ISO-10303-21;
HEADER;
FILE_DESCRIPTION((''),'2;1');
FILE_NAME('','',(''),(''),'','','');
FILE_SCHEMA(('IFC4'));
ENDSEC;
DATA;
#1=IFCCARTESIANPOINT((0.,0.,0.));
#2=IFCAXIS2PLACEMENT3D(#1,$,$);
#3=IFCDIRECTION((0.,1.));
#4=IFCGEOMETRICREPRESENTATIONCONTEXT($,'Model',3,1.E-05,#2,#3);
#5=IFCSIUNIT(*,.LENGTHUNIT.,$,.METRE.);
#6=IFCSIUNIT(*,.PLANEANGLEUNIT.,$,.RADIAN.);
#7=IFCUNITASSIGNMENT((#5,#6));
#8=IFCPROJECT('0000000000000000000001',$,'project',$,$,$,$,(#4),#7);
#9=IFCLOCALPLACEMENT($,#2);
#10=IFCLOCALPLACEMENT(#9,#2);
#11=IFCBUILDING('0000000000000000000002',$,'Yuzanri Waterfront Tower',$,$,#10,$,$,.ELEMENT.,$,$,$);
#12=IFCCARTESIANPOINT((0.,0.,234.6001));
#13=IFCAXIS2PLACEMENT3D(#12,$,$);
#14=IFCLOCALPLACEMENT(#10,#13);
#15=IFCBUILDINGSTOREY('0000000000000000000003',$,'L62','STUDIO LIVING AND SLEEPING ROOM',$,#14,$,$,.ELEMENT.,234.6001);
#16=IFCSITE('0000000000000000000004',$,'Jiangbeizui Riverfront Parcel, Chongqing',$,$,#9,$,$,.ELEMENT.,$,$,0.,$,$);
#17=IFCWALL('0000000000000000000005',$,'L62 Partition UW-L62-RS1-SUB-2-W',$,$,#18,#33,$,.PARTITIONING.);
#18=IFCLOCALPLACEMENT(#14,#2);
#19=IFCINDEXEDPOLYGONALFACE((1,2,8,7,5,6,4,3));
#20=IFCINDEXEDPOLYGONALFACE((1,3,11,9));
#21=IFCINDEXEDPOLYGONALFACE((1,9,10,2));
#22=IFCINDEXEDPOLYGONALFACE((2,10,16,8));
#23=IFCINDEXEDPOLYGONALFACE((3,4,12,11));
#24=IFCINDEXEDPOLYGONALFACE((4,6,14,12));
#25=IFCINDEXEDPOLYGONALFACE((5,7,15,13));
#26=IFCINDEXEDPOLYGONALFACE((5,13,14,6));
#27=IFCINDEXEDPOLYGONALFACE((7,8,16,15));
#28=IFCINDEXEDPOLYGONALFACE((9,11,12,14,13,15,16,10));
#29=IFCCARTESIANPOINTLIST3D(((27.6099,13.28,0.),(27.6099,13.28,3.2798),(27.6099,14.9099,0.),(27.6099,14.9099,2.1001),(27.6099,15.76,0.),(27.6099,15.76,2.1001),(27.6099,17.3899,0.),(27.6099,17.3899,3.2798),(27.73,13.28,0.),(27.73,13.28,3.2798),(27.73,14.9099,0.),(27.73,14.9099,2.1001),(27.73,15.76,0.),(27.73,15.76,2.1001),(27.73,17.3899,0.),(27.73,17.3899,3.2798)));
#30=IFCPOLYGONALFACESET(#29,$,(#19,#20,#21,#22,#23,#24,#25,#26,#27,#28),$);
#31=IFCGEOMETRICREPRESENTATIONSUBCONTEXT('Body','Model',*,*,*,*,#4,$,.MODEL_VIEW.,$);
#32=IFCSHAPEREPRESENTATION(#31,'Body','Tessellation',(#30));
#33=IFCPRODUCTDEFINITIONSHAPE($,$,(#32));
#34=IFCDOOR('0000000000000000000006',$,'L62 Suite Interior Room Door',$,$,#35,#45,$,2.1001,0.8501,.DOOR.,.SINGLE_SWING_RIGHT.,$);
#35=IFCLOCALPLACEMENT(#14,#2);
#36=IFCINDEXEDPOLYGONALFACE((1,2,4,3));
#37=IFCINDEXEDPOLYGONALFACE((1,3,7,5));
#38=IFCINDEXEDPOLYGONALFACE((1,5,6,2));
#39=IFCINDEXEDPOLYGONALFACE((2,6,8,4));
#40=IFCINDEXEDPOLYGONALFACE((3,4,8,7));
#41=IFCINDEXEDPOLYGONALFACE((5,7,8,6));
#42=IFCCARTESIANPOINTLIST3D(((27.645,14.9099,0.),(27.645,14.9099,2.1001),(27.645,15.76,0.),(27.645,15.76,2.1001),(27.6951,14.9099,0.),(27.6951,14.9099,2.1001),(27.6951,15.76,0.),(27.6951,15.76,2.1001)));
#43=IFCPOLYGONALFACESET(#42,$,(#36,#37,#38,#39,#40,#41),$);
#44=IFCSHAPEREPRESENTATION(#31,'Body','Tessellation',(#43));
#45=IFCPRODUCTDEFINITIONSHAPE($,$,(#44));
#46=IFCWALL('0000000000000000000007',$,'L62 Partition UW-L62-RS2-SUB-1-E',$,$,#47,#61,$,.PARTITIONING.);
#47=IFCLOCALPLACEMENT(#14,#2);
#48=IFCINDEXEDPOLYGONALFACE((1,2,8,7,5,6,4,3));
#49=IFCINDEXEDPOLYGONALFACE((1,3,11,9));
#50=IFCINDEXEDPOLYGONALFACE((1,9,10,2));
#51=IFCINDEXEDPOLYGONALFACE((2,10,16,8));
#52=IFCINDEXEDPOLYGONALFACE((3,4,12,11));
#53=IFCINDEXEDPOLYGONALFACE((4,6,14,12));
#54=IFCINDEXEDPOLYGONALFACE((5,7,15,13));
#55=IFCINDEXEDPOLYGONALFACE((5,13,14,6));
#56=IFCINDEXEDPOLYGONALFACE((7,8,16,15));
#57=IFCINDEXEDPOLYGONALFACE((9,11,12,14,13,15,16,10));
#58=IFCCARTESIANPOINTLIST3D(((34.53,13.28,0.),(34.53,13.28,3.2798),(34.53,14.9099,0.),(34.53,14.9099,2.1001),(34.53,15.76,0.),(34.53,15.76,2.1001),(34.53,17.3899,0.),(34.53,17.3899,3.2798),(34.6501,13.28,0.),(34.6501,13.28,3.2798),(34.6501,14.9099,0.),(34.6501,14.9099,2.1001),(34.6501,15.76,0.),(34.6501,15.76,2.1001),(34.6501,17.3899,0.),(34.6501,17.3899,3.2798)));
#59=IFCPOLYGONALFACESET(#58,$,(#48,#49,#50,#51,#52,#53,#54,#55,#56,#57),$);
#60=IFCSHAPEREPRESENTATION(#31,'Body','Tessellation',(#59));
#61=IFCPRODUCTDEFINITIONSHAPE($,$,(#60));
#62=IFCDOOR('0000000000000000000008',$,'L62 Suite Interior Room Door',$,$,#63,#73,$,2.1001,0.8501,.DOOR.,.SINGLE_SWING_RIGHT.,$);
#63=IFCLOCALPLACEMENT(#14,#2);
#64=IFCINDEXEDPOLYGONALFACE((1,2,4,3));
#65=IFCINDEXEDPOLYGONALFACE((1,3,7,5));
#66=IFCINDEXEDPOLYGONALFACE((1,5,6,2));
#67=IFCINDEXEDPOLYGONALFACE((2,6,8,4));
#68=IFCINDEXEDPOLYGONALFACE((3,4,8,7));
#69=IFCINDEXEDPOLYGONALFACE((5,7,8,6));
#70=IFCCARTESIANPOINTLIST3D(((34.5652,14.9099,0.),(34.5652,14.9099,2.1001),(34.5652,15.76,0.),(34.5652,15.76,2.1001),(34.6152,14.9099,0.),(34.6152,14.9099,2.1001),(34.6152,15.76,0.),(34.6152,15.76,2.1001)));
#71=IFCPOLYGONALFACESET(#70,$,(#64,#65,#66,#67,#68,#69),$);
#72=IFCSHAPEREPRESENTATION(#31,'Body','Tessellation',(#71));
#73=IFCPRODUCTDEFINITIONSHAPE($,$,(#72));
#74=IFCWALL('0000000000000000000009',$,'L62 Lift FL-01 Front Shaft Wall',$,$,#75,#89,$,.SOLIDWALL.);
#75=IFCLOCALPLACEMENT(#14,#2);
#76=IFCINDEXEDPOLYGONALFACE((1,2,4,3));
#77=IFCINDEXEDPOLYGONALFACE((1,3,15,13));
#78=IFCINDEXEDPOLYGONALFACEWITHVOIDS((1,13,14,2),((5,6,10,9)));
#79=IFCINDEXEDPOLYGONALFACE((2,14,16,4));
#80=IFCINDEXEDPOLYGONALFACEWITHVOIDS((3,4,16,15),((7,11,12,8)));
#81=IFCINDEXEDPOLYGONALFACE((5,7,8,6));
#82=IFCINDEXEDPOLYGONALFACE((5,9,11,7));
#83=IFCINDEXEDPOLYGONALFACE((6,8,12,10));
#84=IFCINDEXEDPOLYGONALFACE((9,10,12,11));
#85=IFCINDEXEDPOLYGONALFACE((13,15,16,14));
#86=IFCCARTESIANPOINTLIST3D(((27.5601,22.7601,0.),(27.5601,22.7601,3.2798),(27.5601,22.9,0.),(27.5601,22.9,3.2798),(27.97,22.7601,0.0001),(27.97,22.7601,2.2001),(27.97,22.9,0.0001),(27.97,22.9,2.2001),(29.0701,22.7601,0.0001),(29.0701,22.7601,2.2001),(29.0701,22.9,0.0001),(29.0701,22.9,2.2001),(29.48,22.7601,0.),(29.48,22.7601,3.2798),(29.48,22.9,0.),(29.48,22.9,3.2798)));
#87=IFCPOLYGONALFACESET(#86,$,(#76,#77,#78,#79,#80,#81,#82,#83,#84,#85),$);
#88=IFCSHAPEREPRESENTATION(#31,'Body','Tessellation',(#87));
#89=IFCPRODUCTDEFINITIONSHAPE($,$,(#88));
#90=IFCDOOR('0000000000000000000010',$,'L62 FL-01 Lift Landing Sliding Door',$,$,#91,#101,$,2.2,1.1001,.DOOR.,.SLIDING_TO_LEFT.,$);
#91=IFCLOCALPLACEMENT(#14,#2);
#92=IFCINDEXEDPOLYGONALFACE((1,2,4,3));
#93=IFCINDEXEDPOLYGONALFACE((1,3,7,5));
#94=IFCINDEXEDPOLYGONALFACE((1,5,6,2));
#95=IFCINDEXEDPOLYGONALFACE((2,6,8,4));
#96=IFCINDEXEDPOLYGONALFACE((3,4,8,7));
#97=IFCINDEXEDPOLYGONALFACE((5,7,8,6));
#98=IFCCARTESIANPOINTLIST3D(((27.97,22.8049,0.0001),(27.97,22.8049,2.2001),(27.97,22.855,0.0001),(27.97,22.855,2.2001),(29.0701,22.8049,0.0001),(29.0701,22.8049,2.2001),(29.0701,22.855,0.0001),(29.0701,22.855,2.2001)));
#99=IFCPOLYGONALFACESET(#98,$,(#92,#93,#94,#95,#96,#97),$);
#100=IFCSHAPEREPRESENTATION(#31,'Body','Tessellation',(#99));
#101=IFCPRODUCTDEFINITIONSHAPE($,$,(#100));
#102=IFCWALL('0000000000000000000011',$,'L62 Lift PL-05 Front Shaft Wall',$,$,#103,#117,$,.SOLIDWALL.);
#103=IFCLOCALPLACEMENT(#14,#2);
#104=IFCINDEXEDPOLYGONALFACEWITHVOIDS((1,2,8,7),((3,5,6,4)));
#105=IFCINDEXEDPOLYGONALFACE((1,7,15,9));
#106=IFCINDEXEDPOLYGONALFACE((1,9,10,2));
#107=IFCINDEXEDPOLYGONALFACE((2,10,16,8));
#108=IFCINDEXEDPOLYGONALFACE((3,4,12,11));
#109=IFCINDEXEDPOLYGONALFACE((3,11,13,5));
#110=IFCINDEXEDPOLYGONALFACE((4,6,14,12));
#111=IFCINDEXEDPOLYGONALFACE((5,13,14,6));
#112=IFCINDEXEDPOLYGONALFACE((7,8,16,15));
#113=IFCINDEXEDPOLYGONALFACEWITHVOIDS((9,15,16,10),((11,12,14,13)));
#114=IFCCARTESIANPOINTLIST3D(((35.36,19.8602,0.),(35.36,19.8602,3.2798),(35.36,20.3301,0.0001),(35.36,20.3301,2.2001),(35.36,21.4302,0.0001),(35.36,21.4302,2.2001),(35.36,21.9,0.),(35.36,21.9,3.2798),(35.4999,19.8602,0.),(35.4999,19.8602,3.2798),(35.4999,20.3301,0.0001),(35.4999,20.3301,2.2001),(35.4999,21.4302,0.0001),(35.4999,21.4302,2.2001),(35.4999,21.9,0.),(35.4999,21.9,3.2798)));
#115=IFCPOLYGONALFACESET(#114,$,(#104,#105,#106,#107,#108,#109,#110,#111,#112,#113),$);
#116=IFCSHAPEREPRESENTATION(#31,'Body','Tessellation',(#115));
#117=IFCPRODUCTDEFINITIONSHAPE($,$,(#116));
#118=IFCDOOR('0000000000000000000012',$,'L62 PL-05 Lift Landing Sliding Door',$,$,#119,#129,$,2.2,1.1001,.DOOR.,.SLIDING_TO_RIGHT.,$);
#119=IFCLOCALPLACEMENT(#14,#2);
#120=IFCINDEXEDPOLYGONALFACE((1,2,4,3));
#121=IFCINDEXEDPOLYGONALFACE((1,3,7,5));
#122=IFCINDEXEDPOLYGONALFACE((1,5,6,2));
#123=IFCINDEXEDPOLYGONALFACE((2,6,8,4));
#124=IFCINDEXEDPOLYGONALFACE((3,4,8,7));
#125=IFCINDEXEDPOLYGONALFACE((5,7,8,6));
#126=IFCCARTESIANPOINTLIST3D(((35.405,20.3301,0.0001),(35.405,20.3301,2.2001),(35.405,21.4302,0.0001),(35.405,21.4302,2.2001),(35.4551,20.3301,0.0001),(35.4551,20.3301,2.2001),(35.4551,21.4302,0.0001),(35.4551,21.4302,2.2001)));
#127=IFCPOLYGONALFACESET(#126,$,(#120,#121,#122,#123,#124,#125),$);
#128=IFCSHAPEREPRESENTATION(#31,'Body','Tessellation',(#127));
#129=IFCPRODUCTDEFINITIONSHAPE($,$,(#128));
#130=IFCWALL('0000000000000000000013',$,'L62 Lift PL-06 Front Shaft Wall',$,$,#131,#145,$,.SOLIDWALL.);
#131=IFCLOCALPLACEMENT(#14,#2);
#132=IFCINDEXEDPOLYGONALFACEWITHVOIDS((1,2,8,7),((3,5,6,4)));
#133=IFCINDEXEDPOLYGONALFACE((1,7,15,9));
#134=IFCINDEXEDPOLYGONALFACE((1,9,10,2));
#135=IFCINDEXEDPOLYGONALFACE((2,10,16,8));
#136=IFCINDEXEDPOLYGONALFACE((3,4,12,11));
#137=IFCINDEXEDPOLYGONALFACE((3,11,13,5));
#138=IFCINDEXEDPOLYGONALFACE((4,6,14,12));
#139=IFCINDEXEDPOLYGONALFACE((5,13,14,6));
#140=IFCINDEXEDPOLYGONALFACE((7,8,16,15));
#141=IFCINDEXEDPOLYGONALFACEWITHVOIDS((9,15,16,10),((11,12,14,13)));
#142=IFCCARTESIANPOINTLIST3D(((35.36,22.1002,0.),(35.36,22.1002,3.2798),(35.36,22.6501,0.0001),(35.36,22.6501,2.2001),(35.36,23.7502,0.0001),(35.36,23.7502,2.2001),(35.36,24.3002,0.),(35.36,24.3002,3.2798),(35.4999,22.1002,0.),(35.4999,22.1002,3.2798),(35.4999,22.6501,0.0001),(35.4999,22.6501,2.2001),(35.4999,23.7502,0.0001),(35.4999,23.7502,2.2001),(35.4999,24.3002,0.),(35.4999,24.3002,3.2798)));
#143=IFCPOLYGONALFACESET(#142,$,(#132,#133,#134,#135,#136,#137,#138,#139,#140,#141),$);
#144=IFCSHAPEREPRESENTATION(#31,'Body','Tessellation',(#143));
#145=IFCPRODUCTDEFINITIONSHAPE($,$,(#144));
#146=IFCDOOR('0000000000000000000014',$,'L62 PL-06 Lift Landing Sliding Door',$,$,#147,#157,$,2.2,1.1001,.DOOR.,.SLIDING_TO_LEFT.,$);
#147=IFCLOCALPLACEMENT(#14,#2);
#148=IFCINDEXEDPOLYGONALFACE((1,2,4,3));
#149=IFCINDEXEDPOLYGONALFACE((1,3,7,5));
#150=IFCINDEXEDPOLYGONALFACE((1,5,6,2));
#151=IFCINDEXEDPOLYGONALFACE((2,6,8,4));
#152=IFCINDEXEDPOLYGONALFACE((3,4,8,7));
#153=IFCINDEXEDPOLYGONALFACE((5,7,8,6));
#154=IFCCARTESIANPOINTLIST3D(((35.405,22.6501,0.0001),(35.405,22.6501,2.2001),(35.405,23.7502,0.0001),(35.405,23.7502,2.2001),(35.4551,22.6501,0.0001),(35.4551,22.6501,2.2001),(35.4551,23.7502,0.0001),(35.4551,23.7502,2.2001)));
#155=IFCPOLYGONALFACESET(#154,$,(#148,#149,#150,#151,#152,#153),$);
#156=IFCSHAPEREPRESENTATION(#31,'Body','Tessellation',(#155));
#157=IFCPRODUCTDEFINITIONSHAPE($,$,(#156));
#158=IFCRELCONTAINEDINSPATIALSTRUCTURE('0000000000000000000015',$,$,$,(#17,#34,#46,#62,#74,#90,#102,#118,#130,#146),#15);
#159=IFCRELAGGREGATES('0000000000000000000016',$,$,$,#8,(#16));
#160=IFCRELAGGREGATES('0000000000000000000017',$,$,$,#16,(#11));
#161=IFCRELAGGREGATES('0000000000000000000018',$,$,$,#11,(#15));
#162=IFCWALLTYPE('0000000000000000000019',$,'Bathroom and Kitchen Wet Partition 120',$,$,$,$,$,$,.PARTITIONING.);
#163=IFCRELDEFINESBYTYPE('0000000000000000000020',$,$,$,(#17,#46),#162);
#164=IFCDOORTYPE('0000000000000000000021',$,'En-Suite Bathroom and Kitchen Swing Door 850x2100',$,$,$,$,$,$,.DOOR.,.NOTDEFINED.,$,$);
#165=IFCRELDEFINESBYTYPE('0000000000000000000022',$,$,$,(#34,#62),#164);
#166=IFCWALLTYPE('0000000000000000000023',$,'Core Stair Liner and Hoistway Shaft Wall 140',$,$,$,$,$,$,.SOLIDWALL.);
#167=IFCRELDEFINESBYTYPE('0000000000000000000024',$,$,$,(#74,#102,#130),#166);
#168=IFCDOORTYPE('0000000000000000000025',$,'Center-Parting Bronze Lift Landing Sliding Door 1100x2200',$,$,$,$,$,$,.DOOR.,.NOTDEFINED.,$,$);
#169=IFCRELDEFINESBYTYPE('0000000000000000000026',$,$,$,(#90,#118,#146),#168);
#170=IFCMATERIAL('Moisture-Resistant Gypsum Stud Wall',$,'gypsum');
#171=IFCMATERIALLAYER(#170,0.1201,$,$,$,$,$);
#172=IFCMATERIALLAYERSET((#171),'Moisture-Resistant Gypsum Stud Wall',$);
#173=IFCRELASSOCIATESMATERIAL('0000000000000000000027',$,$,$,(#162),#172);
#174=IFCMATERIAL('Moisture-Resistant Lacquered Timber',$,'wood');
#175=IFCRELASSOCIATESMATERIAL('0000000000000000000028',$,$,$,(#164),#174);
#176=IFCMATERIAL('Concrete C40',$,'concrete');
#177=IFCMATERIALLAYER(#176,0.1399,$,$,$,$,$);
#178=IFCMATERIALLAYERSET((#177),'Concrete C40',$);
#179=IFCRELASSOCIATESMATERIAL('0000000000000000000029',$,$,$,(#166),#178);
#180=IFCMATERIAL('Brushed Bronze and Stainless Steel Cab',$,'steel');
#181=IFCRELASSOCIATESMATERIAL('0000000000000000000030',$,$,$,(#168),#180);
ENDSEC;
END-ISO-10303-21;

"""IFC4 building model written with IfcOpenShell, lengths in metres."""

from ifc_helpers import new_model, si_unit, direction, frame, frame_2d, origin, place, context, subcontext, project, spatial, rectangle, extrude, source, transform, mapped, material, layer, layer_set, type_object, element, fill, save


model = new_model("IFC4")

# Units and contexts
model_context = context("Model", 3, precision=1e-05, world=origin(), true_north=direction((0.0, 1.0)))
body_context = subcontext(model_context, "Body", "Model", "MODEL_VIEW")
ifc_project = project(units=[si_unit("LENGTHUNIT", "METRE"), si_unit("PLANEANGLEUNIT", "RADIAN")], contexts=[model_context])

# Site, building, storey
site_placement = place(None, origin())
site = spatial("IfcSite", under=ifc_project, at=site_placement, Name="Jiangbeizui Riverfront Parcel, Chongqing", CompositionType="ELEMENT", RefElevation=0.0)
building_placement = place(site_placement, origin())
building = spatial("IfcBuilding", under=site, at=building_placement, Name="Yuzanri Waterfront Tower", CompositionType="ELEMENT")
storey_placement = place(building_placement, frame((0.0, 0.0, 234.6001)))
storey = spatial("IfcBuildingStorey", under=building, at=storey_placement, Name="L62", Description="STUDIO LIVING AND SLEEPING ROOM", CompositionType="ELEMENT", Elevation=234.6001)

# Walls, openings, doors
ifc_material_1 = material(Name="Moisture-Resistant Gypsum Stud Wall", Category="gypsum")
ifc_layer_1 = layer(ifc_material_1, 0.1201)
ifc_layer_set_1 = layer_set([ifc_layer_1], Name="Moisture-Resistant Gypsum Stud Wall")
wall_type_1 = type_object("IfcWallType", Name="Bathroom and Kitchen Wet Partition 120", PredefinedType="PARTITIONING", material=ifc_layer_set_1)
wall_1_placement = place(storey_placement, frame((27.6699, 13.28, 0.0), z_axis=(0.0, 0.0, 1.0), x_axis=(0.0, 1.0, 0.0)))
wall_1 = element("IfcWall", 1, at=wall_1_placement, inside=storey, type_object=wall_type_1, Name="L62 Partition UW-L62-RS1-SUB-2-W", PredefinedType="PARTITIONING", context=body_context, shape_type="SweptSolid", body=[
    extrude(rectangle(XDim=4.1099, YDim=0.1201, at=frame_2d((2.0549, 0.0))), origin(), (0.0, 0.0, 1.0), 3.2798),
])
opening_1_placement = place(wall_1_placement, frame((1.6299, 0.0, 0.0)))
opening_1 = element("IfcOpeningElement", 2, at=opening_1_placement, cuts=wall_1, PredefinedType="OPENING", context=body_context, shape_type="SweptSolid", body=[
    extrude(rectangle(XDim=0.8501, YDim=2.1001, at=frame_2d((0.425, 1.05))), frame((0.0, 0.075, 0.0), z_axis=(0.0, -1.0, 0.0), x_axis=(1.0, 0.0, 0.0)), (0.0, 0.0, 1.0), 0.1499),
])
ifc_material_2 = material(Name="Moisture-Resistant Lacquered Timber", Category="wood")
door_type_1 = type_object("IfcDoorType", Name="En-Suite Bathroom and Kitchen Swing Door 850x2100", OperationType="NOTDEFINED", PredefinedType="DOOR", material=ifc_material_2)
shared_shape_1 = source(origin(), body_context, "Body", "SweptSolid", [
    extrude(rectangle(XDim=0.8501, YDim=2.1001, at=frame_2d((0.425, 1.05))), frame((0.0, 0.0249, 0.0), z_axis=(0.0, -1.0, 0.0), x_axis=(1.0, 0.0, 0.0)), (0.0, 0.0, 1.0), 0.05),
])
door_1_placement = place(opening_1_placement, origin())
door_1 = element("IfcDoor", 3, at=door_1_placement, inside=storey, type_object=door_type_1, Name="L62 Suite Interior Room Door", OperationType="SINGLE_SWING_RIGHT", OverallHeight=2.1001, OverallWidth=0.8501, PredefinedType="DOOR", context=body_context, shape_type="MappedRepresentation", body=[
    mapped(shared_shape_1, transform((0.0, 0.0, 0.0), scale=1.0)),
])
fill(opening_1, door_1)
wall_2_placement = place(storey_placement, frame((34.5901, 13.28, 0.0), z_axis=(0.0, 0.0, 1.0), x_axis=(0.0, 1.0, 0.0)))
wall_2 = element("IfcWall", 4, at=wall_2_placement, inside=storey, type_object=wall_type_1, Name="L62 Partition UW-L62-RS2-SUB-1-E", PredefinedType="PARTITIONING", context=body_context, shape_type="SweptSolid", body=[
    extrude(rectangle(XDim=4.1099, YDim=0.1201, at=frame_2d((2.0549, 0.0))), origin(), (0.0, 0.0, 1.0), 3.2798),
])
opening_2_placement = place(wall_2_placement, frame((1.6299, 0.0, 0.0)))
opening_2 = element("IfcOpeningElement", 5, at=opening_2_placement, cuts=wall_2, PredefinedType="OPENING", context=body_context, shape_type="SweptSolid", body=[
    extrude(rectangle(XDim=0.8501, YDim=2.1001, at=frame_2d((0.425, 1.05))), frame((0.0, 0.075, 0.0), z_axis=(0.0, -1.0, 0.0), x_axis=(1.0, 0.0, 0.0)), (0.0, 0.0, 1.0), 0.1499),
])
door_2_placement = place(opening_2_placement, origin())
door_2 = element("IfcDoor", 6, at=door_2_placement, inside=storey, type_object=door_type_1, Name="L62 Suite Interior Room Door", OperationType="SINGLE_SWING_RIGHT", OverallHeight=2.1001, OverallWidth=0.8501, PredefinedType="DOOR", context=body_context, shape_type="MappedRepresentation", body=[
    mapped(shared_shape_1, transform((0.0, 0.0, 0.0), scale=1.0)),
])
fill(opening_2, door_2)
ifc_material_3 = material(Name="Concrete C40", Category="concrete")
ifc_layer_2 = layer(ifc_material_3, 0.1399)
ifc_layer_set_2 = layer_set([ifc_layer_2], Name="Concrete C40")
wall_type_2 = type_object("IfcWallType", Name="Core Stair Liner and Hoistway Shaft Wall 140", PredefinedType="SOLIDWALL", material=ifc_layer_set_2)
wall_3_placement = place(storey_placement, frame((27.5601, 22.8301, 0.0), z_axis=(0.0, 0.0, 1.0), x_axis=(1.0, 0.0, 0.0)))
wall_3 = element("IfcWall", 7, at=wall_3_placement, inside=storey, type_object=wall_type_2, Name="L62 Lift FL-01 Front Shaft Wall", PredefinedType="SOLIDWALL", context=body_context, shape_type="SweptSolid", body=[
    extrude(rectangle(XDim=1.9199, YDim=0.1399, at=frame_2d((0.96, 0.0))), origin(), (0.0, 0.0, 1.0), 3.2798),
])
opening_3_placement = place(wall_3_placement, frame((0.4099, 0.0, 0.0)))
opening_3 = element("IfcOpeningElement", 8, at=opening_3_placement, cuts=wall_3, PredefinedType="OPENING", context=body_context, shape_type="SweptSolid", body=[
    extrude(rectangle(XDim=1.1001, YDim=2.2, at=frame_2d((0.55, 1.1001))), frame((0.0, 0.085, 0.0), z_axis=(0.0, -1.0, 0.0), x_axis=(1.0, 0.0, 0.0)), (0.0, 0.0, 1.0), 0.1697),
])
ifc_material_4 = material(Name="Brushed Bronze and Stainless Steel Cab", Category="steel")
door_type_2 = type_object("IfcDoorType", Name="Center-Parting Bronze Lift Landing Sliding Door 1100x2200", OperationType="NOTDEFINED", PredefinedType="DOOR", material=ifc_material_4)
shared_shape_2 = source(origin(), body_context, "Body", "SweptSolid", [
    extrude(rectangle(XDim=1.1001, YDim=2.2, at=frame_2d((0.55, 1.1001))), frame((0.0, 0.0249, 0.0), z_axis=(0.0, -1.0, 0.0), x_axis=(1.0, 0.0, 0.0)), (0.0, 0.0, 1.0), 0.05),
])
door_3_placement = place(opening_3_placement, origin())
door_3 = element("IfcDoor", 9, at=door_3_placement, inside=storey, type_object=door_type_2, Name="L62 FL-01 Lift Landing Sliding Door", OperationType="SLIDING_TO_LEFT", OverallHeight=2.2, OverallWidth=1.1001, PredefinedType="DOOR", context=body_context, shape_type="MappedRepresentation", body=[
    mapped(shared_shape_2, transform((0.0, 0.0, 0.0), scale=1.0)),
])
fill(opening_3, door_3)
wall_4_placement = place(storey_placement, frame((35.4299, 19.8601, 0.0), z_axis=(0.0, 0.0, 1.0), x_axis=(0.0, 1.0, 0.0)))
wall_4 = element("IfcWall", 10, at=wall_4_placement, inside=storey, type_object=wall_type_2, Name="L62 Lift PL-05 Front Shaft Wall", PredefinedType="SOLIDWALL", context=body_context, shape_type="SweptSolid", body=[
    extrude(rectangle(XDim=2.0398, YDim=0.1399, at=frame_2d((1.02, 0.0))), origin(), (0.0, 0.0, 1.0), 3.2798),
])
opening_4_placement = place(wall_4_placement, frame((0.47, 0.0, 0.0)))
opening_4 = element("IfcOpeningElement", 11, at=opening_4_placement, cuts=wall_4, PredefinedType="OPENING", context=body_context, shape_type="SweptSolid", body=[
    extrude(rectangle(XDim=1.1001, YDim=2.2, at=frame_2d((0.55, 1.1001))), frame((0.0, 0.085, 0.0), z_axis=(0.0, -1.0, 0.0), x_axis=(1.0, 0.0, 0.0)), (0.0, 0.0, 1.0), 0.1697),
])
door_4_placement = place(opening_4_placement, origin())
door_4 = element("IfcDoor", 12, at=door_4_placement, inside=storey, type_object=door_type_2, Name="L62 PL-05 Lift Landing Sliding Door", OperationType="SLIDING_TO_RIGHT", OverallHeight=2.2, OverallWidth=1.1001, PredefinedType="DOOR", context=body_context, shape_type="MappedRepresentation", body=[
    mapped(shared_shape_2, transform((0.0, 0.0, 0.0), scale=1.0)),
])
fill(opening_4, door_4)
wall_5_placement = place(storey_placement, frame((35.4299, 22.1001, 0.0), z_axis=(0.0, 0.0, 1.0), x_axis=(0.0, 1.0, 0.0)))
wall_5 = element("IfcWall", 13, at=wall_5_placement, inside=storey, type_object=wall_type_2, Name="L62 Lift PL-06 Front Shaft Wall", PredefinedType="SOLIDWALL", context=body_context, shape_type="SweptSolid", body=[
    extrude(rectangle(XDim=2.2, YDim=0.1399, at=frame_2d((1.1001, 0.0))), origin(), (0.0, 0.0, 1.0), 3.2798),
])
opening_5_placement = place(wall_5_placement, frame((0.55, 0.0, 0.0)))
opening_5 = element("IfcOpeningElement", 14, at=opening_5_placement, cuts=wall_5, PredefinedType="OPENING", context=body_context, shape_type="SweptSolid", body=[
    extrude(rectangle(XDim=1.1001, YDim=2.2, at=frame_2d((0.55, 1.1001))), frame((0.0, 0.085, 0.0), z_axis=(0.0, -1.0, 0.0), x_axis=(1.0, 0.0, 0.0)), (0.0, 0.0, 1.0), 0.1697),
])
door_5_placement = place(opening_5_placement, origin())
door_5 = element("IfcDoor", 15, at=door_5_placement, inside=storey, type_object=door_type_2, Name="L62 PL-06 Lift Landing Sliding Door", OperationType="SLIDING_TO_LEFT", OverallHeight=2.2, OverallWidth=1.1001, PredefinedType="DOOR", context=body_context, shape_type="MappedRepresentation", body=[
    mapped(shared_shape_2, transform((0.0, 0.0, 0.0), scale=1.0)),
])
fill(opening_5, door_5)

save(model, "model.ifc")
